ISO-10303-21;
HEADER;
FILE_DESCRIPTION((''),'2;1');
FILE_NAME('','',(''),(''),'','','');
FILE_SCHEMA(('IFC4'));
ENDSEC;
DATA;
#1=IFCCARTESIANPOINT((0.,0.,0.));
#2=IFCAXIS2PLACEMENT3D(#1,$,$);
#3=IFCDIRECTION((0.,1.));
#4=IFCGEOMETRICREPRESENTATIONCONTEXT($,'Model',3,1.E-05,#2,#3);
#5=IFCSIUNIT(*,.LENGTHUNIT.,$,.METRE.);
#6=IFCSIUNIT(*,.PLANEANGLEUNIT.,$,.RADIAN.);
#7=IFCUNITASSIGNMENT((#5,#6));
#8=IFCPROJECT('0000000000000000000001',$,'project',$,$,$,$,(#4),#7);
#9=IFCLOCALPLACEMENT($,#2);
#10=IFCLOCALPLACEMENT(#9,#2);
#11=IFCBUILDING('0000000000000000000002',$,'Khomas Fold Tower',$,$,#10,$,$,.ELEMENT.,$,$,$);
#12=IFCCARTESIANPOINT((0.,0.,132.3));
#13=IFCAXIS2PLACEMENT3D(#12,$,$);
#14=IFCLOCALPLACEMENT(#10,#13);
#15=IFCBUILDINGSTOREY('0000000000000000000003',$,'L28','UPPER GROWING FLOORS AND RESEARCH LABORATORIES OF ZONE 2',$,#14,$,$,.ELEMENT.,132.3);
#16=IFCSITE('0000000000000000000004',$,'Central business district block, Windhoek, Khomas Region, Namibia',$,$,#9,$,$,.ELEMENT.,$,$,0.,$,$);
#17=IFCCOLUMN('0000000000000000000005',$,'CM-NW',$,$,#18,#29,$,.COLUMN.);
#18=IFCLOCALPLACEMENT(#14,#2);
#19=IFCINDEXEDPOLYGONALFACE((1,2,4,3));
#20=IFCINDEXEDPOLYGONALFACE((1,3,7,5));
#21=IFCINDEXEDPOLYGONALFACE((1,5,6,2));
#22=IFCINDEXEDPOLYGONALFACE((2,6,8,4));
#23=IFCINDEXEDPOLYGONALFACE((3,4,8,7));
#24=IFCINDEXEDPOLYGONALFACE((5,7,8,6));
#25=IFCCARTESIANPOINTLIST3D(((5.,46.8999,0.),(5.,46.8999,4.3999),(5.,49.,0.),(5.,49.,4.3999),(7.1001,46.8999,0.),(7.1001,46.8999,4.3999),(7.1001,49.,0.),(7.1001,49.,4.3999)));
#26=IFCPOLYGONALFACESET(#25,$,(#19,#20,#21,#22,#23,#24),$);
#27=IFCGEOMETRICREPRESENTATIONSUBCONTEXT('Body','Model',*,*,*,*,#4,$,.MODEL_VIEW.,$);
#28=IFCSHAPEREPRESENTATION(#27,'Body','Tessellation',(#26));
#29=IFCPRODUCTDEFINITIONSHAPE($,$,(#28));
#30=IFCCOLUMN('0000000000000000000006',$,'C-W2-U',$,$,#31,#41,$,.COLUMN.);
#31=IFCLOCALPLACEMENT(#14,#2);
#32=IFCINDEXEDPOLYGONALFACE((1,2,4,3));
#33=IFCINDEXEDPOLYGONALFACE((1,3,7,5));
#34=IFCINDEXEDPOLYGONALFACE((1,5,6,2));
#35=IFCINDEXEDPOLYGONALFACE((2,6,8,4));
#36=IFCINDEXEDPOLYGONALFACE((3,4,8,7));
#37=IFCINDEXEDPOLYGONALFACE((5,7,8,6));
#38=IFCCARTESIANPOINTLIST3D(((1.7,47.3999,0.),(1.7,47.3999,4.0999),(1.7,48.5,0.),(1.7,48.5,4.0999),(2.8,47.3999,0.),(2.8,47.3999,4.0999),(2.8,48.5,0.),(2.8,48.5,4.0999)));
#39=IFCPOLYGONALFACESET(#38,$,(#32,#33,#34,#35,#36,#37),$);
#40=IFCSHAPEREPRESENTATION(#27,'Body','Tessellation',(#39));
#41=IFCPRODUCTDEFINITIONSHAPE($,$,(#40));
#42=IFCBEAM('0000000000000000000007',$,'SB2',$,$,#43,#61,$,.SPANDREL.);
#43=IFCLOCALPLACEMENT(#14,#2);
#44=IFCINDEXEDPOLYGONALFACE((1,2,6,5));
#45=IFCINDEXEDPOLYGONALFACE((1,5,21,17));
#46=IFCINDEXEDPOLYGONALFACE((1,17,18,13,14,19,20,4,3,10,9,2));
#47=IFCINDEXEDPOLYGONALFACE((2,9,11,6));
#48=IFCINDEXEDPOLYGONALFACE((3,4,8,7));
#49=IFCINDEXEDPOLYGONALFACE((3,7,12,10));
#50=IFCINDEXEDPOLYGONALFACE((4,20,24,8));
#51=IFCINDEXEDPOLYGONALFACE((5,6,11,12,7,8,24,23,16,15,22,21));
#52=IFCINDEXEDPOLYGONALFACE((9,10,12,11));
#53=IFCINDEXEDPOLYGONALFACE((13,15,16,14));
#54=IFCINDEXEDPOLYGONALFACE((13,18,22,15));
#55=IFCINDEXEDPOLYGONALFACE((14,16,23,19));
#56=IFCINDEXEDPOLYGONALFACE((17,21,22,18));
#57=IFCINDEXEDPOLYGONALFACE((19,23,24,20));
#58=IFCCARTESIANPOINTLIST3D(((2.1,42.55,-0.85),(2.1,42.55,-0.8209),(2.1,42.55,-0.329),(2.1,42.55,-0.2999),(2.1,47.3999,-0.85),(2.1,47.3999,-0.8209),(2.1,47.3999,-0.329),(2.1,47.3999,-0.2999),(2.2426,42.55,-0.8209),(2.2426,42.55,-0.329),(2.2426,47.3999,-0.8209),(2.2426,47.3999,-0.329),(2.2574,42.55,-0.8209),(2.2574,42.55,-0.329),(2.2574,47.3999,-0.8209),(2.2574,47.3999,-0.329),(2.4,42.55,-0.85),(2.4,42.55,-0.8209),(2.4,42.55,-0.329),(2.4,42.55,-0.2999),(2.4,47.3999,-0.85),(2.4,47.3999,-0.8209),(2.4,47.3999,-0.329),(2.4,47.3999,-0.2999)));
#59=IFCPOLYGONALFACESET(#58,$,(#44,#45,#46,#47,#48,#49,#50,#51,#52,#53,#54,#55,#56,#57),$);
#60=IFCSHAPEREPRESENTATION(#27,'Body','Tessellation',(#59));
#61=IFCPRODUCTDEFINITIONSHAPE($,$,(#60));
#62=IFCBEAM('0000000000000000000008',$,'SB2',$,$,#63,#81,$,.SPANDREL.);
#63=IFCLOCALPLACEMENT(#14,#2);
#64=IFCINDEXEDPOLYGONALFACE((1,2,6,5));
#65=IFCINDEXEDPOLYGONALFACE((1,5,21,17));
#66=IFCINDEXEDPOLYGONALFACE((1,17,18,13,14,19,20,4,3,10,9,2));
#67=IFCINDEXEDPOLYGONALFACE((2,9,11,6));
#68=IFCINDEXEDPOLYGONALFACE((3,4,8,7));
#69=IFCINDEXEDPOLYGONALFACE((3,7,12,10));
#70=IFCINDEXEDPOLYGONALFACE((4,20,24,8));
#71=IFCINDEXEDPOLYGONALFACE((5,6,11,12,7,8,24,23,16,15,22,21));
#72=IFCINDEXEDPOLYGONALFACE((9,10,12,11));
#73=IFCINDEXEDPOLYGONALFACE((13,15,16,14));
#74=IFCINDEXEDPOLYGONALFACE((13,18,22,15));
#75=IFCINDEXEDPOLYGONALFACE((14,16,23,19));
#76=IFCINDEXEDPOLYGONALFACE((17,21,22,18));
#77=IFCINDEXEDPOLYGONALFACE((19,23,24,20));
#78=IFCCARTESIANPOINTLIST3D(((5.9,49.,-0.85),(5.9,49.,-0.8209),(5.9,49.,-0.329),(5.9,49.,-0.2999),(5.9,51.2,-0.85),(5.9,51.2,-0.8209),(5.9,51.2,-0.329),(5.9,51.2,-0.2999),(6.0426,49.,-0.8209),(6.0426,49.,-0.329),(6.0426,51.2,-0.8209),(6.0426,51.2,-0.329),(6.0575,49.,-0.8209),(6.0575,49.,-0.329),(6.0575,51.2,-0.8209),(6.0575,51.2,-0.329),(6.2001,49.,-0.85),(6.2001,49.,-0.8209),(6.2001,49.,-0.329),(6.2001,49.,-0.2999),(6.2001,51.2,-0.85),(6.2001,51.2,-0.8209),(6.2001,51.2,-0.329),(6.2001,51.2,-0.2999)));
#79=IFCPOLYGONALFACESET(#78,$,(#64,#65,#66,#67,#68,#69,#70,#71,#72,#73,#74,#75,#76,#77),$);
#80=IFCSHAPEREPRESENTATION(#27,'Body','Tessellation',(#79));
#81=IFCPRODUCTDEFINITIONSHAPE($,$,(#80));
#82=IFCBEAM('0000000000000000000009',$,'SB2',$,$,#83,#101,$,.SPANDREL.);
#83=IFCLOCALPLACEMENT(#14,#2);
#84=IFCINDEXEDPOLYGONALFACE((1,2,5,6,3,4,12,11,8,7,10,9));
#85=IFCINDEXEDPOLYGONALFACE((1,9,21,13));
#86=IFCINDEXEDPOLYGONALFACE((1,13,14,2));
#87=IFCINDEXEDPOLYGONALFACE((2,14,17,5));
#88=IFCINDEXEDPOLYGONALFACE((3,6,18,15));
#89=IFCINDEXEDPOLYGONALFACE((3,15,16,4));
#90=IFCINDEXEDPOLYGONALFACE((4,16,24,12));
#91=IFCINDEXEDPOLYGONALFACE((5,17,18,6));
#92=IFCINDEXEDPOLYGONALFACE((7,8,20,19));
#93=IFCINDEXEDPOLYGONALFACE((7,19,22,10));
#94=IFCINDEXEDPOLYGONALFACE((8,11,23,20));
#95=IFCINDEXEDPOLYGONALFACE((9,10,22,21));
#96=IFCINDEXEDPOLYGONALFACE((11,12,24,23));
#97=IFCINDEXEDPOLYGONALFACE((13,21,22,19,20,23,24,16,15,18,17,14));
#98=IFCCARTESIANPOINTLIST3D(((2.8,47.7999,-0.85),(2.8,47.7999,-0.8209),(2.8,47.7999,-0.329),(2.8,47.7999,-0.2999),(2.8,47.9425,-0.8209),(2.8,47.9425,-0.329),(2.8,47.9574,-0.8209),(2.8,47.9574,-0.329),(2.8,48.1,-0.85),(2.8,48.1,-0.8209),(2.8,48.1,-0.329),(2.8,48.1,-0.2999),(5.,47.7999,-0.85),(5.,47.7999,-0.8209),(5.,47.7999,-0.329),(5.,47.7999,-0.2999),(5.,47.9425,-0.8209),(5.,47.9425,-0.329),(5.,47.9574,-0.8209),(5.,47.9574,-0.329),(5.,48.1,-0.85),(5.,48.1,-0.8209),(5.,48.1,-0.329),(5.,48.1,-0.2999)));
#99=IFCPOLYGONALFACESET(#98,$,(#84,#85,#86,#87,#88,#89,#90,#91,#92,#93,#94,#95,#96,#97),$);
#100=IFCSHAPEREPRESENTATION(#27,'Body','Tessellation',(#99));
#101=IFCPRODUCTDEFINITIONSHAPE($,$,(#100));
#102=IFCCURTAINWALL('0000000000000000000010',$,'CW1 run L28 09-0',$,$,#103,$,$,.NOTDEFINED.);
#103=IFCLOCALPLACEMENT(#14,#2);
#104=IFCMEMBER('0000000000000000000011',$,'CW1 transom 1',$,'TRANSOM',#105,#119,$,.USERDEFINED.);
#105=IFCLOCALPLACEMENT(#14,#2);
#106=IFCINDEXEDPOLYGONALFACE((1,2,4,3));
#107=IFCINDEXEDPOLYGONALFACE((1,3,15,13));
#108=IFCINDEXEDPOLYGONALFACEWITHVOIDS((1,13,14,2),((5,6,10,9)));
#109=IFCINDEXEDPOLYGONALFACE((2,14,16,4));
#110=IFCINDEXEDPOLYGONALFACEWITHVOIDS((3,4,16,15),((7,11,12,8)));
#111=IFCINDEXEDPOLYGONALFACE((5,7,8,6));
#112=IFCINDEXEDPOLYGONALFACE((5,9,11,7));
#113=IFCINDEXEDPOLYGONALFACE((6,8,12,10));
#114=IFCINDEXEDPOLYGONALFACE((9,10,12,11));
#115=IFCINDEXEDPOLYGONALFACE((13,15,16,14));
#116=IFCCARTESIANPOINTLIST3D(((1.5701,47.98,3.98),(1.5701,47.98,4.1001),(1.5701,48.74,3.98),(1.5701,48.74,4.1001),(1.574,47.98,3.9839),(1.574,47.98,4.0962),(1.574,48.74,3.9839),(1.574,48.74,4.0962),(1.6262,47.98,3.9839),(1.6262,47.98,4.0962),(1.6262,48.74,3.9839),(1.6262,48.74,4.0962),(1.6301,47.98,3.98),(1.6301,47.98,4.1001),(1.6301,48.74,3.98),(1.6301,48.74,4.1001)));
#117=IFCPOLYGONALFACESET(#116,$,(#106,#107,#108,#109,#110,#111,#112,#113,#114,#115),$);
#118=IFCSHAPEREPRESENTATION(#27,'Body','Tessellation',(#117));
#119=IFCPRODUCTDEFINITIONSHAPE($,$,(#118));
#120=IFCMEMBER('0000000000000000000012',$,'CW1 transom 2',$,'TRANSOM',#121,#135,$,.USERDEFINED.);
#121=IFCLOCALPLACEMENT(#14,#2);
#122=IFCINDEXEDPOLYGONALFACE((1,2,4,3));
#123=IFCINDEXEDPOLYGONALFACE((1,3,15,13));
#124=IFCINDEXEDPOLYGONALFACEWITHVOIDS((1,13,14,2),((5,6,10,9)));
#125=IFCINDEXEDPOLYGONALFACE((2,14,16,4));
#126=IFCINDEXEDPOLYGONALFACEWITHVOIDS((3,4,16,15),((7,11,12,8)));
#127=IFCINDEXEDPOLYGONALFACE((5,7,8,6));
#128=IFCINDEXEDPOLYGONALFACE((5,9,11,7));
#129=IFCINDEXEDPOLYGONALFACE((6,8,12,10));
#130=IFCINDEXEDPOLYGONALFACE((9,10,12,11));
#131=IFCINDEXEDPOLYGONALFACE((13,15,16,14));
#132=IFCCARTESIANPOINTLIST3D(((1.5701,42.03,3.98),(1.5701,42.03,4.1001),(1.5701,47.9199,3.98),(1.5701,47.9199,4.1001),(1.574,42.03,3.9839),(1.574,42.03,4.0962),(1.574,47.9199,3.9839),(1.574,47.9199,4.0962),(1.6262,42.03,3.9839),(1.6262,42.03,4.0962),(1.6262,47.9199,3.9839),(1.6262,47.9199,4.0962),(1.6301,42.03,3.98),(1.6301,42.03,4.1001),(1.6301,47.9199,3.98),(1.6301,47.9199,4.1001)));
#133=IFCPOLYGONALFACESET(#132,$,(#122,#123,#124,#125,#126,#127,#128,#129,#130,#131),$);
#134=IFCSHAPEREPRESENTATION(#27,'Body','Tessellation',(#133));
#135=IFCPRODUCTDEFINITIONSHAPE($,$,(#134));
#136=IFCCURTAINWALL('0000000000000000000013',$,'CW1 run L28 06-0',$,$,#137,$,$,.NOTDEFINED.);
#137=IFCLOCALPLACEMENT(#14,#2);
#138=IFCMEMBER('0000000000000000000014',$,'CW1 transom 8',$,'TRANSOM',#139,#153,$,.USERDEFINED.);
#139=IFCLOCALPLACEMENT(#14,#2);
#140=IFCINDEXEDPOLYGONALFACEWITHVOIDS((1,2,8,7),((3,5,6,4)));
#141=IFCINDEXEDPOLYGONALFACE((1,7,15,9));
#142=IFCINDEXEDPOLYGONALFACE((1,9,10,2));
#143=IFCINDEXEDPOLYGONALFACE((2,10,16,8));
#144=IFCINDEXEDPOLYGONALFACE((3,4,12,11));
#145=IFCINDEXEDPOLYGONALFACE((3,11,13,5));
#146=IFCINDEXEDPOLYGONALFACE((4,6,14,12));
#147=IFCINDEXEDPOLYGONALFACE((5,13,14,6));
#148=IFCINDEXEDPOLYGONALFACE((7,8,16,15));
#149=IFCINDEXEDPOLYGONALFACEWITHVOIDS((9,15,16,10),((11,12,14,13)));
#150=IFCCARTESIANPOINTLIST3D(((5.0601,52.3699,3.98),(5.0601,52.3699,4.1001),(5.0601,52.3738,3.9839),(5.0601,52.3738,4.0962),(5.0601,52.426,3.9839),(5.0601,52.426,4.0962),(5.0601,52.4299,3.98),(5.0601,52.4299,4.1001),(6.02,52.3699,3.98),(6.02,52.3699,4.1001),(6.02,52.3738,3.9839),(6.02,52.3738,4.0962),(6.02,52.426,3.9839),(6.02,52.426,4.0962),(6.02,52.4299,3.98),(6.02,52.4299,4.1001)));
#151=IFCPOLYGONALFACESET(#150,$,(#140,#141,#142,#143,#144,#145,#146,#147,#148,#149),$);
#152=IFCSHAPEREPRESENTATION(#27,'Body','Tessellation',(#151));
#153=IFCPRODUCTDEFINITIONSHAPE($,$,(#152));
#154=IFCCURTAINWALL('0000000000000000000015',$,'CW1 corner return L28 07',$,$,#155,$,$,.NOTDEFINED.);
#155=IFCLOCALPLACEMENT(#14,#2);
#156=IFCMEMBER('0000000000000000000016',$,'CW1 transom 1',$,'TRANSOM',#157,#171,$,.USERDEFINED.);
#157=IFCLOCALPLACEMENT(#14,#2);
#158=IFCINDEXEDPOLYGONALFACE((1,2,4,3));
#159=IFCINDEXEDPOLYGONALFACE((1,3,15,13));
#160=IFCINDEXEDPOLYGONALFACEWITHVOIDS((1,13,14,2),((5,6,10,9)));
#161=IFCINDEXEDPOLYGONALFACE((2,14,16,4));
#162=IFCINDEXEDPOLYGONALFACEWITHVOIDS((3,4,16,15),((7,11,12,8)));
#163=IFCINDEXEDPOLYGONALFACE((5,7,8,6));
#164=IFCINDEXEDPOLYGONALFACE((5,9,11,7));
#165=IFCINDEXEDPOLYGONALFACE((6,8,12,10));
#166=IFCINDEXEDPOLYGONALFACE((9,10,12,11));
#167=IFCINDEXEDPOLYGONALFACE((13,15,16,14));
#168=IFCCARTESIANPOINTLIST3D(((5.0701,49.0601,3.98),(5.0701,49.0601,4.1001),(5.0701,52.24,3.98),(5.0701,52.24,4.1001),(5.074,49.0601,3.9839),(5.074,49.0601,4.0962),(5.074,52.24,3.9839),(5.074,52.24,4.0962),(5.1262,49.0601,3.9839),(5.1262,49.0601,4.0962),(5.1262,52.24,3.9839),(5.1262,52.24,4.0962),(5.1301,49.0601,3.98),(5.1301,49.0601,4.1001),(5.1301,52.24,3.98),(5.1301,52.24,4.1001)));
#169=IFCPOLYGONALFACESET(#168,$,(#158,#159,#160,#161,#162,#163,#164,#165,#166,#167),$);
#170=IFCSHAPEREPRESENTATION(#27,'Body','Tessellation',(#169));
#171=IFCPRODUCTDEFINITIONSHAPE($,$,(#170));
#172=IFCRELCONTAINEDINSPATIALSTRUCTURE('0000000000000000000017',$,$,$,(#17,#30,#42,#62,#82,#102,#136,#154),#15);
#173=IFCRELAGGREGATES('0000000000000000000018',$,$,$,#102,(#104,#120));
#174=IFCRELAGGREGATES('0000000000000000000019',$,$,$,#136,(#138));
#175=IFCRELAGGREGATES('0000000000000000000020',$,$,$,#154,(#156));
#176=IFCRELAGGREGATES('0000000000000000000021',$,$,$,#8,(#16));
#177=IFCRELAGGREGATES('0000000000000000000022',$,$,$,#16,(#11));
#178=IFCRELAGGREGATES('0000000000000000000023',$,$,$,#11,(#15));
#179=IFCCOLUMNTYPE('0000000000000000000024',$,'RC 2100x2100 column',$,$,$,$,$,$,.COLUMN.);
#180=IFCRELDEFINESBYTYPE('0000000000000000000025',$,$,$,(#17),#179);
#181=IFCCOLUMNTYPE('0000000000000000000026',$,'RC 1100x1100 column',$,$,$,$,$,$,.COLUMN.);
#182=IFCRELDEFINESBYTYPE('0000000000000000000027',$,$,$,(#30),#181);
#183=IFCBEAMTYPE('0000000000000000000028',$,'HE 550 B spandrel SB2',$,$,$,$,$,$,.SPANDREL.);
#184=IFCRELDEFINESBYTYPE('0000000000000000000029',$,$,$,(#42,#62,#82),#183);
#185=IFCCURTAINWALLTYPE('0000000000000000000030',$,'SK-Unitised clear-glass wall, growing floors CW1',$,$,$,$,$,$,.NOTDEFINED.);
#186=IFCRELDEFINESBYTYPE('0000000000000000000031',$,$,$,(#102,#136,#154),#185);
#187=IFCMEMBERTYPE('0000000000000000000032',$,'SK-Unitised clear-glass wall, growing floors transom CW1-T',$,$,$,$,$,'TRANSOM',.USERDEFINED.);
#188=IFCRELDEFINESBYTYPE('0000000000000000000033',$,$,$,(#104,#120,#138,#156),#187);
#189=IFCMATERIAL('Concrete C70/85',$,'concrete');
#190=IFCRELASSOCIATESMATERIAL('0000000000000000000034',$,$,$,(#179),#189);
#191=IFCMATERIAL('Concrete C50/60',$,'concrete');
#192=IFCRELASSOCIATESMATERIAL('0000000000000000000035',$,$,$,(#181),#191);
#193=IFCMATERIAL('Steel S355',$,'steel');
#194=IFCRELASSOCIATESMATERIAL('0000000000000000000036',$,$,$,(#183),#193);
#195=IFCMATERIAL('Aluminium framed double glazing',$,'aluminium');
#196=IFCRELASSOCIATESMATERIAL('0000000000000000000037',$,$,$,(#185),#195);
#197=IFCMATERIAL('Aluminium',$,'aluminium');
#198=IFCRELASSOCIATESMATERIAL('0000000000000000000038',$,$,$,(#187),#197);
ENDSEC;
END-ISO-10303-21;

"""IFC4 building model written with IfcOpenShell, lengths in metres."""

from ifc_helpers import new_model, si_unit, direction, frame, origin, origin_2d, place, context, subcontext, project, spatial, rectangle, hollow_rectangle, i_section, extrude, source, transform, mapped, material, material_profile, profile_set, type_object, element, aggregate, save


model = new_model("IFC4")

# Units and contexts
model_context = context("Model", 3, precision=1e-05, world=origin(), true_north=direction((0.0, 1.0)))
body_context = subcontext(model_context, "Body", "Model", "MODEL_VIEW")
ifc_project = project(units=[si_unit("LENGTHUNIT", "METRE"), si_unit("PLANEANGLEUNIT", "RADIAN")], contexts=[model_context])

# Site, building, storey
site_placement = place(None, origin())
site = spatial("IfcSite", under=ifc_project, at=site_placement, Name="Central business district block, Windhoek, Khomas Region, Namibia", CompositionType="ELEMENT", RefElevation=0.0)
building_placement = place(site_placement, origin())
building = spatial("IfcBuilding", under=site, at=building_placement, Name="Khomas Fold Tower", CompositionType="ELEMENT")
storey_placement = place(building_placement, frame((0.0, 0.0, 132.3)))
storey = spatial("IfcBuildingStorey", under=building, at=storey_placement, Name="L28", Description="UPPER GROWING FLOORS AND RESEARCH LABORATORIES OF ZONE 2", CompositionType="ELEMENT", Elevation=132.3)

# Columns
ifc_material_1 = material(Name="Concrete C70/85", Category="concrete")
ifc_material_profile_1 = material_profile(ifc_material_1, rectangle(XDim=2.1001, YDim=2.1001, at=origin_2d()), Name="RC 2100x2100")
ifc_profile_set_1 = profile_set([ifc_material_profile_1], Name="Concrete C70/85")
column_type_1 = type_object("IfcColumnType", Name="RC 2100x2100 column", PredefinedType="COLUMN", material=ifc_profile_set_1)
shared_shape_1 = source(origin(), body_context, "Body", "SweptSolid", [
    extrude(rectangle(XDim=2.1001, YDim=2.1001, at=origin_2d()), origin(), (0.0, 0.0, 1.0), 4.3999),
])
column_1_placement = place(storey_placement, frame((6.05, 47.95, 0.0), z_axis=(0.0, 0.0, 1.0), x_axis=(1.0, 0.0, 0.0)))
element("IfcColumn", 1, at=column_1_placement, inside=storey, type_object=column_type_1, Name="CM-NW", PredefinedType="COLUMN", context=body_context, shape_type="MappedRepresentation", body=[
    mapped(shared_shape_1, transform((0.0, 0.0, 0.0))),
])
ifc_material_2 = material(Name="Concrete C50/60", Category="concrete")
ifc_material_profile_2 = material_profile(ifc_material_2, rectangle(XDim=1.1001, YDim=1.1001, at=origin_2d()), Name="RC 1100x1100")
ifc_profile_set_2 = profile_set([ifc_material_profile_2], Name="Concrete C50/60")
column_type_2 = type_object("IfcColumnType", Name="RC 1100x1100 column", PredefinedType="COLUMN", material=ifc_profile_set_2)
shared_shape_2 = source(origin(), body_context, "Body", "SweptSolid", [
    extrude(rectangle(XDim=1.1001, YDim=1.1001, at=origin_2d()), origin(), (0.0, 0.0, 1.0), 4.0999),
])
column_2_placement = place(storey_placement, frame((2.25, 47.95, 0.0), z_axis=(0.0, 0.0, 1.0), x_axis=(1.0, 0.0, 0.0)))
element("IfcColumn", 2, at=column_2_placement, inside=storey, type_object=column_type_2, Name="C-W2-U", PredefinedType="COLUMN", context=body_context, shape_type="MappedRepresentation", body=[
    mapped(shared_shape_2, transform((0.0, 0.0, 0.0))),
])

# Beams
ifc_material_3 = material(Name="Steel S355", Category="steel")
ifc_material_profile_3 = material_profile(ifc_material_3, i_section(OverallWidth=0.3, OverallDepth=0.55, WebThickness=0.0149, FlangeThickness=0.0291, at=origin_2d()), Name="HE 550 B")
ifc_profile_set_3 = profile_set([ifc_material_profile_3], Name="Steel S355")
beam_type = type_object("IfcBeamType", Name="HE 550 B spandrel SB2", PredefinedType="SPANDREL", material=ifc_profile_set_3)
shared_shape_3 = source(origin(), body_context, "Body", "SweptSolid", [
    extrude(i_section(OverallWidth=0.3, OverallDepth=0.55, WebThickness=0.0149, FlangeThickness=0.0291, at=origin_2d()), origin(), (0.0, 0.0, 1.0), 4.8499),
])
beam_placement = place(storey_placement, frame((2.25, 42.55, -0.575), z_axis=(0.0, 1.0, 0.0), x_axis=(-1.0, 0.0, 0.0)))
element("IfcBeam", 3, at=beam_placement, inside=storey, type_object=beam_type, Name="SB2", PredefinedType="SPANDREL", context=body_context, shape_type="MappedRepresentation", body=[
    mapped(shared_shape_3, transform((0.0, 0.0, 0.0))),
])
shared_shape_4 = source(origin(), body_context, "Body", "SweptSolid", [
    extrude(i_section(OverallWidth=0.3, OverallDepth=0.55, WebThickness=0.0149, FlangeThickness=0.0291, at=origin_2d()), origin(), (0.0, 0.0, 1.0), 2.2),
])
for number, where, z_axis, x_axis, name in (
    (4, (6.05, 49.0, -0.575), (0.0, 1.0, 0.0), (-1.0, 0.0, 0.0), "SB2"),
    (5, (2.8, 47.95, -0.575), (1.0, 0.0, 0.0), (0.0, 1.0, 0.0), "SB2"),
):
    element("IfcBeam", number, at=place(storey_placement, frame(where, z_axis=z_axis, x_axis=x_axis)), inside=storey, type_object=beam_type, Name=name, PredefinedType="SPANDREL", context=body_context, shape_type="MappedRepresentation", body=[
        mapped(shared_shape_4, transform((0.0, 0.0, 0.0))),
    ])

# Curtain wall, members
ifc_material_4 = material(Name="Aluminium framed double glazing", Category="aluminium")
curtain_wall_type = type_object("IfcCurtainWallType", Name="SK-Unitised clear-glass wall, growing floors CW1", PredefinedType="NOTDEFINED", material=ifc_material_4)
curtain_wall_1_placement = place(storey_placement, origin())
curtain_wall_1 = element("IfcCurtainWall", 6, at=curtain_wall_1_placement, inside=storey, type_object=curtain_wall_type, Name="CW1 run L28 09-0", PredefinedType="NOTDEFINED")
ifc_material_5 = material(Name="Aluminium", Category="aluminium")
ifc_material_profile_4 = material_profile(ifc_material_5, hollow_rectangle(XDim=0.0601, YDim=0.1201, WallThickness=0.0039, at=origin_2d()), Name="SK-Unitised clear-glass wall, growing floors transom CW1-T")
ifc_profile_set_4 = profile_set([ifc_material_profile_4], Name="Aluminium")
member_type_1 = type_object("IfcMemberType", Name="SK-Unitised clear-glass wall, growing floors transom CW1-T", ElementType="TRANSOM", PredefinedType="USERDEFINED", material=ifc_profile_set_4)
shared_shape_5 = source(origin(), body_context, "Body", "SweptSolid", [
    extrude(hollow_rectangle(XDim=0.0601, YDim=0.1201, WallThickness=0.0039, at=origin_2d()), origin(), (0.0, 0.0, 1.0), 0.76),
])
member_1_placement = place(storey_placement, frame((1.6001, 48.74, 4.04), z_axis=(0.0, -1.0, 0.0), x_axis=(1.0, 0.0, 0.0)))
member_1 = element("IfcMember", 7, at=member_1_placement, type_object=member_type_1, Name="CW1 transom 1", ObjectType="TRANSOM", PredefinedType="USERDEFINED", context=body_context, shape_type="MappedRepresentation", body=[
    mapped(shared_shape_5, transform((0.0, 0.0, 0.0))),
])
shared_shape_6 = source(origin(), body_context, "Body", "SweptSolid", [
    extrude(hollow_rectangle(XDim=0.0601, YDim=0.1201, WallThickness=0.0039, at=origin_2d()), origin(), (0.0, 0.0, 1.0), 5.8899),
])
member_2_placement = place(storey_placement, frame((1.6001, 47.9199, 4.04), z_axis=(0.0, -1.0, 0.0), x_axis=(1.0, 0.0, 0.0)))
member_2 = element("IfcMember", 8, at=member_2_placement, type_object=member_type_1, Name="CW1 transom 2", ObjectType="TRANSOM", PredefinedType="USERDEFINED", context=body_context, shape_type="MappedRepresentation", body=[
    mapped(shared_shape_6, transform((0.0, 0.0, 0.0))),
])

# Curtain walls, members
curtain_wall_2_placement = place(storey_placement, origin())
curtain_wall_2 = element("IfcCurtainWall", 9, at=curtain_wall_2_placement, inside=storey, type_object=curtain_wall_type, Name="CW1 run L28 06-0", PredefinedType="NOTDEFINED")
shared_shape_7 = source(origin(), body_context, "Body", "SweptSolid", [
    extrude(hollow_rectangle(XDim=0.0601, YDim=0.1201, WallThickness=0.0039, at=origin_2d()), origin(), (0.0, 0.0, 1.0), 0.96),
])
member_3_placement = place(storey_placement, frame((6.02, 52.3999, 4.04), z_axis=(-1.0, 0.0, 0.0), x_axis=(0.0, -1.0, 0.0)))
member_3 = element("IfcMember", 10, at=member_3_placement, type_object=member_type_1, Name="CW1 transom 8", ObjectType="TRANSOM", PredefinedType="USERDEFINED", context=body_context, shape_type="MappedRepresentation", body=[
    mapped(shared_shape_7, transform((0.0, 0.0, 0.0))),
])
curtain_wall_3_placement = place(storey_placement, origin())
curtain_wall_3 = element("IfcCurtainWall", 11, at=curtain_wall_3_placement, inside=storey, type_object=curtain_wall_type, Name="CW1 corner return L28 07", PredefinedType="NOTDEFINED")
shared_shape_8 = source(origin(), body_context, "Body", "SweptSolid", [
    extrude(hollow_rectangle(XDim=0.0601, YDim=0.1201, WallThickness=0.0039, at=origin_2d()), origin(), (0.0, 0.0, 1.0), 3.1799),
])
member_4_placement = place(storey_placement, frame((5.1001, 52.24, 4.04), z_axis=(0.0, -1.0, 0.0), x_axis=(1.0, 0.0, 0.0)))
member_4 = element("IfcMember", 12, at=member_4_placement, type_object=member_type_1, Name="CW1 transom 1", ObjectType="TRANSOM", PredefinedType="USERDEFINED", context=body_context, shape_type="MappedRepresentation", body=[
    mapped(shared_shape_8, transform((0.0, 0.0, 0.0))),
])

aggregate(curtain_wall_1, [member_1, member_2])
aggregate(curtain_wall_2, [member_3])
aggregate(curtain_wall_3, [member_4])

save(model, "model.ifc")
